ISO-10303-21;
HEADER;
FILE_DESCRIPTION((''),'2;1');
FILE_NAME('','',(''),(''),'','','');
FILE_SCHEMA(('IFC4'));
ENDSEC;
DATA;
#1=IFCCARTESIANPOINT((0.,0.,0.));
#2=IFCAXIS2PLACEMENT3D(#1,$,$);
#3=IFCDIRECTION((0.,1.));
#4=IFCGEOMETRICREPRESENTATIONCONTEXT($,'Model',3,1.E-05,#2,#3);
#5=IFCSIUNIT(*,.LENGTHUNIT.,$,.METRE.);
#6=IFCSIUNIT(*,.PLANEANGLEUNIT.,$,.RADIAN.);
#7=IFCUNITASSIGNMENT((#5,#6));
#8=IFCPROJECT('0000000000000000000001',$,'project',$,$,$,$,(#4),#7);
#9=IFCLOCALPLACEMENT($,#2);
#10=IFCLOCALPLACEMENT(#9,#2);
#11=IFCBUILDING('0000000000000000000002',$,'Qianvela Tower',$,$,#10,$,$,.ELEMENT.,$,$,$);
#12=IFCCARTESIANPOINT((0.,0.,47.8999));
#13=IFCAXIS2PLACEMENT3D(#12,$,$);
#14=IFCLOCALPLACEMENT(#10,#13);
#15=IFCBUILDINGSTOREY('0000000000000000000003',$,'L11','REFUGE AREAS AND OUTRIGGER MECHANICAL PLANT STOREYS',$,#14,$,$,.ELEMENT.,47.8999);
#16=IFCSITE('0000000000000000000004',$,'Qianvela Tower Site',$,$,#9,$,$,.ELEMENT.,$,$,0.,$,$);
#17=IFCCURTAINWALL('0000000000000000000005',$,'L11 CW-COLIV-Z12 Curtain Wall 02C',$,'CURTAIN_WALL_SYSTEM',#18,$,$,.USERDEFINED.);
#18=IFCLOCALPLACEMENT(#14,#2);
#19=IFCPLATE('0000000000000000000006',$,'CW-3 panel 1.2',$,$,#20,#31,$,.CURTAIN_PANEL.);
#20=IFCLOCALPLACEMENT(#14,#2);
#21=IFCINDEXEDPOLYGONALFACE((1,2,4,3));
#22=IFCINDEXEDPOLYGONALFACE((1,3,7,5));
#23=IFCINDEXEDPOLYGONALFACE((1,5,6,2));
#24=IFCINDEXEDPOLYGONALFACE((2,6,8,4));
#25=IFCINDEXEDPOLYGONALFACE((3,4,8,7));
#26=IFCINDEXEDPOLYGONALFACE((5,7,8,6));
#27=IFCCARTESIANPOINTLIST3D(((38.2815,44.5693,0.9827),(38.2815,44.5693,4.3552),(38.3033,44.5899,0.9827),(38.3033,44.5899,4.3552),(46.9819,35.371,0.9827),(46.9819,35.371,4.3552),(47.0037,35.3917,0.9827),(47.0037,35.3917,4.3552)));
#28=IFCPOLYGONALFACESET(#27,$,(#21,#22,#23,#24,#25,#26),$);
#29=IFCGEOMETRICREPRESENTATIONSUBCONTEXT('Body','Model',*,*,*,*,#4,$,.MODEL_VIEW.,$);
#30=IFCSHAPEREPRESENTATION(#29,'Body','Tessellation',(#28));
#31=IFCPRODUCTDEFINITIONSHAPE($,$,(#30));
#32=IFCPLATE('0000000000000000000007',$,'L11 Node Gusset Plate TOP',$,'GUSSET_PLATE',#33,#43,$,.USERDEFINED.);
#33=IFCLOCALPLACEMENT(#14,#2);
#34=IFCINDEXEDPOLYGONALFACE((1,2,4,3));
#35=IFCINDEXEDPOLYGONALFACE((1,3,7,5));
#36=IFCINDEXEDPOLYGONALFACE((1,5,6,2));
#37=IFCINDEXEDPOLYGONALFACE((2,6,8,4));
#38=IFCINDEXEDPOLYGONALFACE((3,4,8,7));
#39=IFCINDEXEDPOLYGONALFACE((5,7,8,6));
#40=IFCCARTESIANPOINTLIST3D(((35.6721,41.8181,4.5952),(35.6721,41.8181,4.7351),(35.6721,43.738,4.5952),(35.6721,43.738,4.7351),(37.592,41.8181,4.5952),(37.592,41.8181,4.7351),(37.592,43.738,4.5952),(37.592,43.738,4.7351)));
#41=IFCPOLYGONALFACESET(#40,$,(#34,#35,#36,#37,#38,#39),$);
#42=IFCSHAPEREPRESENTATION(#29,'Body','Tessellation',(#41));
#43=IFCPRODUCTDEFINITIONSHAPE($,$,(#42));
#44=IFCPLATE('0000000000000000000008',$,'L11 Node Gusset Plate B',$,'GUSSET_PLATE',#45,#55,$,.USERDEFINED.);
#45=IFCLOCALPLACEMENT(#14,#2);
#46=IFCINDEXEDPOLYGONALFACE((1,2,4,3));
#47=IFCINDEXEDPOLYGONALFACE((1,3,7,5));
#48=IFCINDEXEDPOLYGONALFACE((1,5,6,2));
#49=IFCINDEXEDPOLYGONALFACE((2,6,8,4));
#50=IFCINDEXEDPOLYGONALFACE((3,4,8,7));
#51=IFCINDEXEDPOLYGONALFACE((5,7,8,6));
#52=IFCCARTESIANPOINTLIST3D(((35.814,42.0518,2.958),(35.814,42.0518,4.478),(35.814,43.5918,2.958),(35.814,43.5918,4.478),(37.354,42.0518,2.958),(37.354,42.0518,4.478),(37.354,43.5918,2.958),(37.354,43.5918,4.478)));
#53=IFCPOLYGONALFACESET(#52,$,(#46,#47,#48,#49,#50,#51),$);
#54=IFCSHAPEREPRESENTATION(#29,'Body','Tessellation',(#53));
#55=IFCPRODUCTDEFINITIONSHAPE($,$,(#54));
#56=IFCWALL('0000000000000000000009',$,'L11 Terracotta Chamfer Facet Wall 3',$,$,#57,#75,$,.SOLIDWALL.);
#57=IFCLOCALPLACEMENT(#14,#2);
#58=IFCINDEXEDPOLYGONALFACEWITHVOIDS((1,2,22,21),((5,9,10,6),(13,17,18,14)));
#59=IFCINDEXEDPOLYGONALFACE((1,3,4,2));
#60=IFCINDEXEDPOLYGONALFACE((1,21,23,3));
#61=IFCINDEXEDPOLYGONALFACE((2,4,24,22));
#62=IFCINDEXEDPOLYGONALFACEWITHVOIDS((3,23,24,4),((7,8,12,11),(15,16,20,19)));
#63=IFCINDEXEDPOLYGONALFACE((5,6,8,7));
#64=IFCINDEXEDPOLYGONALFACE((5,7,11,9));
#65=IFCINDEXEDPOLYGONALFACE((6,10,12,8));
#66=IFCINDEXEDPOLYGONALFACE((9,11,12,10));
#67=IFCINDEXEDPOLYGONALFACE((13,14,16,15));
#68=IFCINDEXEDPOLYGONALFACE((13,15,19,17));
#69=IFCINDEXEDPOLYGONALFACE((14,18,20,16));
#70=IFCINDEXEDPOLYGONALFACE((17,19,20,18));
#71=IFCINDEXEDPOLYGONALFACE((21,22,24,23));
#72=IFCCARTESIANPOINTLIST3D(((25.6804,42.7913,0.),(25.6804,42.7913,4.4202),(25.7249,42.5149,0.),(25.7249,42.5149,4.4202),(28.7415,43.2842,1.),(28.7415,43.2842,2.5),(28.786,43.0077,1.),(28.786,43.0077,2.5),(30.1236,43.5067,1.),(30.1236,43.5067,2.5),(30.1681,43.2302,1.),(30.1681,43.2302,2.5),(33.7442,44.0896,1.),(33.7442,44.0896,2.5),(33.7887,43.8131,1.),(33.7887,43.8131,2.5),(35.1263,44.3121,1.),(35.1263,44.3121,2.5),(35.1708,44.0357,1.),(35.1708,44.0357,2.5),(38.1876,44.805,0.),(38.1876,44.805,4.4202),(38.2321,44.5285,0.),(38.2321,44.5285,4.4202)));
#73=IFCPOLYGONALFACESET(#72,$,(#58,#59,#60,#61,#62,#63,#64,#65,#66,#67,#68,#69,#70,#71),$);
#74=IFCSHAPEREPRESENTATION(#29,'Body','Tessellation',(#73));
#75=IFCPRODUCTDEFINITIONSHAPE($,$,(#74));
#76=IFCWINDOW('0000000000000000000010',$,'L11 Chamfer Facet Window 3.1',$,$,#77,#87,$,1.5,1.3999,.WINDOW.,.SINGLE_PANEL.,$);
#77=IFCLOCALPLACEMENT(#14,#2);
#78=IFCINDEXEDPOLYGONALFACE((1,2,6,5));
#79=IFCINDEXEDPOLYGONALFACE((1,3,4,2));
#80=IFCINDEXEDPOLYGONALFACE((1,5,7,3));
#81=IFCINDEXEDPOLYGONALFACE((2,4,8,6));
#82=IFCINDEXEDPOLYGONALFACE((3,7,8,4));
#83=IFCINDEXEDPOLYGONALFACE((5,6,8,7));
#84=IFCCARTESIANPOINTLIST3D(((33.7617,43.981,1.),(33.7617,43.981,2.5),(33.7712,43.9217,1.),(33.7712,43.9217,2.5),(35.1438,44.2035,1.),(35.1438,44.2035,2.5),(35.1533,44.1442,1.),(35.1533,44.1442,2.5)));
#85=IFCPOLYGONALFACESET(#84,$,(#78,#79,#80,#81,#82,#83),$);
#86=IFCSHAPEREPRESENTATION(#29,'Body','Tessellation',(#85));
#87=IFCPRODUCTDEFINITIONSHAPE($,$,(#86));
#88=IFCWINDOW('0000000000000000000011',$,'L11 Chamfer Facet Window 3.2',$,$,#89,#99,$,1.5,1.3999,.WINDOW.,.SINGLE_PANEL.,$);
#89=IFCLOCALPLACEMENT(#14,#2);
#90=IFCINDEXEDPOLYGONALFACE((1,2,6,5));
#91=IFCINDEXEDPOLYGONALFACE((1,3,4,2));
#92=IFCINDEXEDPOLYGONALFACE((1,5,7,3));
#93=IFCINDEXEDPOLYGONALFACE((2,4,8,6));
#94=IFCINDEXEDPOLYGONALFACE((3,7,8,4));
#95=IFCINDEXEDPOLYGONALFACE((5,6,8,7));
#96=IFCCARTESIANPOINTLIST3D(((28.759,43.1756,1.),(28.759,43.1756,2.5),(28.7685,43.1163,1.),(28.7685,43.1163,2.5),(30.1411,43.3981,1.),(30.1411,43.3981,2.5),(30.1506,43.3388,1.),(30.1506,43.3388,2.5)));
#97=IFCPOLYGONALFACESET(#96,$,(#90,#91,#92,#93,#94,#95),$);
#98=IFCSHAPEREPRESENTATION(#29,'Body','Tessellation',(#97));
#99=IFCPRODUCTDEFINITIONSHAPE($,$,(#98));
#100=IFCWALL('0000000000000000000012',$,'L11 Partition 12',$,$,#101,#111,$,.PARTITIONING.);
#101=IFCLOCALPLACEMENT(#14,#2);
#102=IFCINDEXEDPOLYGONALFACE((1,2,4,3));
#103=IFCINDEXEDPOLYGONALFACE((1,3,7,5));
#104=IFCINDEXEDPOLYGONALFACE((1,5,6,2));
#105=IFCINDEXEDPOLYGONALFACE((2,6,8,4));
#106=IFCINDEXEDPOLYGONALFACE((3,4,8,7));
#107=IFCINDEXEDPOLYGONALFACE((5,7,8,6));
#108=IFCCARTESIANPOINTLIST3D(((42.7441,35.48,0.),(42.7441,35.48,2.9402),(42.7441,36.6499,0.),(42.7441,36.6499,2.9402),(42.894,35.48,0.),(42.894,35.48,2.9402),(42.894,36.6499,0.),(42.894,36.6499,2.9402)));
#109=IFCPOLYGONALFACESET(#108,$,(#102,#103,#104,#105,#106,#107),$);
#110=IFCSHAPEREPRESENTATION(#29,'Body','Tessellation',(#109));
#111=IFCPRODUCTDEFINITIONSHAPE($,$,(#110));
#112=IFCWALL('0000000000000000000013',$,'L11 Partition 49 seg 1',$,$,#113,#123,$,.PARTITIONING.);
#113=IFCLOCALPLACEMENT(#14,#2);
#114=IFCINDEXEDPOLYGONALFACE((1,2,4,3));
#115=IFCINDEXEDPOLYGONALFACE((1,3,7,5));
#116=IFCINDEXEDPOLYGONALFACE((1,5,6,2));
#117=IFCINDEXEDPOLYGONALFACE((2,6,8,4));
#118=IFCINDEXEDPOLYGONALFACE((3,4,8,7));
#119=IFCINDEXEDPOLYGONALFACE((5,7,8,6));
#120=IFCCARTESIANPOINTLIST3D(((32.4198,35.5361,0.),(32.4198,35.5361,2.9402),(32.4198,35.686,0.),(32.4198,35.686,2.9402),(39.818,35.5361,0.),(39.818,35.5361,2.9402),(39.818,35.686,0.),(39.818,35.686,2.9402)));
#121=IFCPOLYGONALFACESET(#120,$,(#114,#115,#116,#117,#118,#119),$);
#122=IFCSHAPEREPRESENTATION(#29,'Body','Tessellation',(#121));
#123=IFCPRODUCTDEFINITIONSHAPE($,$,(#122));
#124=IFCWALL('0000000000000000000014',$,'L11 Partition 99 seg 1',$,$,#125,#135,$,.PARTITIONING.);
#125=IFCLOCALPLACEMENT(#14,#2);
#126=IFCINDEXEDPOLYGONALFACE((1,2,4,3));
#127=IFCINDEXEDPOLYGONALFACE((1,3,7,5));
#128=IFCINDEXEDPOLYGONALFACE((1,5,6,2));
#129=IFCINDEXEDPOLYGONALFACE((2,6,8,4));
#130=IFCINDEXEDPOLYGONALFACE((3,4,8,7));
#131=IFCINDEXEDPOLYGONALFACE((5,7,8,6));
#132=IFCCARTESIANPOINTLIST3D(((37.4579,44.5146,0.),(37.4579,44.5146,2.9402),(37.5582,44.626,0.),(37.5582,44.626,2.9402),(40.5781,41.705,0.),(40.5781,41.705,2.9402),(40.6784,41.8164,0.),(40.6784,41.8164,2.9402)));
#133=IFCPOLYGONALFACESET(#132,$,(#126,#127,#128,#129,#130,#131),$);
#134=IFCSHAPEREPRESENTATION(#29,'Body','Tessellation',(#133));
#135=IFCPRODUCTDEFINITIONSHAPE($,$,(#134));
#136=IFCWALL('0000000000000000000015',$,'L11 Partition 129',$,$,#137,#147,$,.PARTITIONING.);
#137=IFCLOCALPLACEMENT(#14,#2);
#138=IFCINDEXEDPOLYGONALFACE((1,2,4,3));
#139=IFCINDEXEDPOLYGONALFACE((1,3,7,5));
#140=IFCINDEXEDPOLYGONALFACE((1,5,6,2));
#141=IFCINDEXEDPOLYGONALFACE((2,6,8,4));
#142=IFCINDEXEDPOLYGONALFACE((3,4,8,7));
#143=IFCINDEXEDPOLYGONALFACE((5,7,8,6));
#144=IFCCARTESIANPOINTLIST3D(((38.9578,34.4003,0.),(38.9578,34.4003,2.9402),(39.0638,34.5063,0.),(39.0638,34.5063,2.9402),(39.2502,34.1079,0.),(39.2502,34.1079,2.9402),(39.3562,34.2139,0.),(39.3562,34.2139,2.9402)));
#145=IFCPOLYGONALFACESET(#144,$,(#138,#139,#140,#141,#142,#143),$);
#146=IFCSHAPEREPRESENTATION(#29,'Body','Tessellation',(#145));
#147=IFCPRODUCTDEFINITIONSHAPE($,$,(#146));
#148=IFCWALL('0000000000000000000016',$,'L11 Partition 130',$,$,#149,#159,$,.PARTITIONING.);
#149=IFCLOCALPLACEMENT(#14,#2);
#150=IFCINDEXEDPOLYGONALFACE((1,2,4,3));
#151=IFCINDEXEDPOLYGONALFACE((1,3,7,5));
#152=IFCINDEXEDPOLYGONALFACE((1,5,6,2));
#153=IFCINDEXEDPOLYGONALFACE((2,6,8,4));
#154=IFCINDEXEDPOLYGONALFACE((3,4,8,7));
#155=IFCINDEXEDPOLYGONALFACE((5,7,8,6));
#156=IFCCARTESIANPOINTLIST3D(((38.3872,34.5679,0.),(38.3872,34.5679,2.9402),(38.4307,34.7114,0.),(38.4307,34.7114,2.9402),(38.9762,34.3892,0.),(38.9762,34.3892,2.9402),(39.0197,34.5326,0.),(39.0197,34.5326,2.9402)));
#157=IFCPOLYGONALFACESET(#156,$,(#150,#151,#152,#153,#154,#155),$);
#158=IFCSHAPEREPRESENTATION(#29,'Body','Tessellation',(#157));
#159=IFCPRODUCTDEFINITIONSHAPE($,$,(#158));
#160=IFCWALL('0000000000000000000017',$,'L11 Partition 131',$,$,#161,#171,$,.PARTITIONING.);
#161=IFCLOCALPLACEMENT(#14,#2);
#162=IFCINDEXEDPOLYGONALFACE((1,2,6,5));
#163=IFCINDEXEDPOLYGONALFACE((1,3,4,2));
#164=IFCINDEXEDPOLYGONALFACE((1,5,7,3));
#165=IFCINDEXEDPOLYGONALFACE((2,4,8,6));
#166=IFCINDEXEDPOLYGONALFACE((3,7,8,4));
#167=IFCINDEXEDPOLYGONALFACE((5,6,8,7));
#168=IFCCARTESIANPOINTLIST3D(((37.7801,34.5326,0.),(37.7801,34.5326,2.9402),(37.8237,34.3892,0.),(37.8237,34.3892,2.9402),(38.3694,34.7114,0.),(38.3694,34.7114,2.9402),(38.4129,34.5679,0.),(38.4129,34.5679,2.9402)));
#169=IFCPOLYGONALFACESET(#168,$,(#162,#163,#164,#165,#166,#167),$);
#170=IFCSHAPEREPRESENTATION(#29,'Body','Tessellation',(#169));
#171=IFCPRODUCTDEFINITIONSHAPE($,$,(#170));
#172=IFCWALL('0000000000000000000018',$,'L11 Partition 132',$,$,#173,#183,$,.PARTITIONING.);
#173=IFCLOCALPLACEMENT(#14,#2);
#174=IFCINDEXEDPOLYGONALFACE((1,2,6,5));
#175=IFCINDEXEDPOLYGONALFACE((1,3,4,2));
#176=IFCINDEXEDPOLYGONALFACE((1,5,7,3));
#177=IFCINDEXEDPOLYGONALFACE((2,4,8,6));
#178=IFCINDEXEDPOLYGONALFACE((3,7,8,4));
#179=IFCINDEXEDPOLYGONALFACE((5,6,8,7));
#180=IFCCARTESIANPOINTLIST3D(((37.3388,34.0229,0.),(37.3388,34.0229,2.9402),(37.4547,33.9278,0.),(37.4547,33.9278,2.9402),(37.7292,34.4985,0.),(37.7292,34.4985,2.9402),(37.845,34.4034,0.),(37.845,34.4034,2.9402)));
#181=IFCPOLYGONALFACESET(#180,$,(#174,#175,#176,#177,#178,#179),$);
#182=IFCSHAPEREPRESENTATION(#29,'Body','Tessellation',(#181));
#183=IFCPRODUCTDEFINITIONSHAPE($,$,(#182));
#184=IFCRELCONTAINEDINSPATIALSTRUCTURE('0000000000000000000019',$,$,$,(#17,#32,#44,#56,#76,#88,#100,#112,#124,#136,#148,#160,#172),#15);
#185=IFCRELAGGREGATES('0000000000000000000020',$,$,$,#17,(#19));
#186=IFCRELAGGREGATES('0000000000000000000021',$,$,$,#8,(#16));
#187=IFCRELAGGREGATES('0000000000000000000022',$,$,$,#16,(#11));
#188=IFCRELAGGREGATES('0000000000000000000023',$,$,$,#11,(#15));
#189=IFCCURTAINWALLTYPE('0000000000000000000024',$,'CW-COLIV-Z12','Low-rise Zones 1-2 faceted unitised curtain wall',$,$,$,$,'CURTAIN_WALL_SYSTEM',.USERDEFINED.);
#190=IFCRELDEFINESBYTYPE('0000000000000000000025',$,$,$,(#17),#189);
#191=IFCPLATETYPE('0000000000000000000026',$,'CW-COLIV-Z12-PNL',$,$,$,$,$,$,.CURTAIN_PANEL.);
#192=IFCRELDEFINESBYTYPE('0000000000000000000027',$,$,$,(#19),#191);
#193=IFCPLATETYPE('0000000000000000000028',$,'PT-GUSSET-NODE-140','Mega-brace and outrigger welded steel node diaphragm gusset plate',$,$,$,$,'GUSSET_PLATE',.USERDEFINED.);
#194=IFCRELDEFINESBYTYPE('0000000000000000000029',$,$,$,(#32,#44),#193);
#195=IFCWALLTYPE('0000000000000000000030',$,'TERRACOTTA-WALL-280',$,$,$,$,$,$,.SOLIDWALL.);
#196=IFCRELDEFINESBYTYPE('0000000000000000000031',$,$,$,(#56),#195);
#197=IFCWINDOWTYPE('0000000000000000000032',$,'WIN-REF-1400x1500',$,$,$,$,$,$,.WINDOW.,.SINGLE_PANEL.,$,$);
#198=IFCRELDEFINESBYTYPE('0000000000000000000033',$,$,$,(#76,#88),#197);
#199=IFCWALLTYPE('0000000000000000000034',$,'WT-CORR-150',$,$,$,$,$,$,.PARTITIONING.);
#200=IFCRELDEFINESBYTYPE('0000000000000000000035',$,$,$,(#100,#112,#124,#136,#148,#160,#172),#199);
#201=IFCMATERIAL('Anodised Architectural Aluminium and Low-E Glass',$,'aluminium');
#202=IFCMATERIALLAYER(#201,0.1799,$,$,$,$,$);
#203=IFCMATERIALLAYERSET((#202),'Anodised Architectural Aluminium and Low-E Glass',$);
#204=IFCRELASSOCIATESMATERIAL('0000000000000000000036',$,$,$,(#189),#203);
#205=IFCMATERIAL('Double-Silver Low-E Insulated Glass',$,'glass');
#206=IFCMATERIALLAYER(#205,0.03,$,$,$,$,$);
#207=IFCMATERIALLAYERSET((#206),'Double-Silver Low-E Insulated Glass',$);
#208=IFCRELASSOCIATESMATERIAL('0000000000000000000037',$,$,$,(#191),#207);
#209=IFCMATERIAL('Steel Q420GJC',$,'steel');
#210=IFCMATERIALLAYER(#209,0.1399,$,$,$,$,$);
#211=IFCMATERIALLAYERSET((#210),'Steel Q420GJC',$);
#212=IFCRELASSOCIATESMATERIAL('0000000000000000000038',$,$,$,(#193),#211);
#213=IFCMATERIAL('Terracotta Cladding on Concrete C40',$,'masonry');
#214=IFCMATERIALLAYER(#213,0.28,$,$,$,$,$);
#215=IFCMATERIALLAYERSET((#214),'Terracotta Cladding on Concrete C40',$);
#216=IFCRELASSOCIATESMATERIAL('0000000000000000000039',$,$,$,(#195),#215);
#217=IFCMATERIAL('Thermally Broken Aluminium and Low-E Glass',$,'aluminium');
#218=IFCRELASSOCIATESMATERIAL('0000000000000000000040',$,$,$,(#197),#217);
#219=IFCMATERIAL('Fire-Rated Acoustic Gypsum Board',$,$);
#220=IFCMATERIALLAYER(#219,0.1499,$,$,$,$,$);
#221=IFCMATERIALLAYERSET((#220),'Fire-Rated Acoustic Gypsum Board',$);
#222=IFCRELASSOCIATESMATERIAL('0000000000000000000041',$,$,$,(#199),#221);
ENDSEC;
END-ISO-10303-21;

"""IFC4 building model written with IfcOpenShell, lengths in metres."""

from ifc_helpers import new_model, si_unit, direction, frame, frame_2d, origin, origin_2d, place, context, subcontext, project, spatial, rectangle, extrude, material, layer, layer_set, type_object, element, fill, aggregate, save


model = new_model("IFC4")

# Units and contexts
model_context = context("Model", 3, precision=1e-05, world=origin(), true_north=direction((0.0, 1.0)))
body_context = subcontext(model_context, "Body", "Model", "MODEL_VIEW")
ifc_project = project(units=[si_unit("LENGTHUNIT", "METRE"), si_unit("PLANEANGLEUNIT", "RADIAN")], contexts=[model_context])

# Site, building, storey
site_placement = place(None, origin())
site = spatial("IfcSite", under=ifc_project, at=site_placement, Name="Qianvela Tower Site", CompositionType="ELEMENT", RefElevation=0.0)
building_placement = place(site_placement, origin())
building = spatial("IfcBuilding", under=site, at=building_placement, Name="Qianvela Tower", CompositionType="ELEMENT")
storey_placement = place(building_placement, frame((0.0, 0.0, 47.8999)))
storey = spatial("IfcBuildingStorey", under=building, at=storey_placement, Name="L11", Description="REFUGE AREAS AND OUTRIGGER MECHANICAL PLANT STOREYS", CompositionType="ELEMENT", Elevation=47.8999)

# Curtain wall, plate
ifc_material_1 = material(Name="Anodised Architectural Aluminium and Low-E Glass", Category="aluminium")
ifc_layer_1 = layer(ifc_material_1, 0.1799)
ifc_layer_set_1 = layer_set([ifc_layer_1], Name="Anodised Architectural Aluminium and Low-E Glass")
curtain_wall_type = type_object("IfcCurtainWallType", Name="CW-COLIV-Z12", Description="Low-rise Zones 1-2 faceted unitised curtain wall", ElementType="CURTAIN_WALL_SYSTEM", PredefinedType="USERDEFINED", material=ifc_layer_set_1)
curtain_wall_placement = place(storey_placement, origin())
curtain_wall = element("IfcCurtainWall", 1, at=curtain_wall_placement, inside=storey, type_object=curtain_wall_type, Name="L11 CW-COLIV-Z12 Curtain Wall 02C", ObjectType="CURTAIN_WALL_SYSTEM", PredefinedType="USERDEFINED")
ifc_material_2 = material(Name="Double-Silver Low-E Insulated Glass", Category="glass")
ifc_layer_2 = layer(ifc_material_2, 0.03)
ifc_layer_set_2 = layer_set([ifc_layer_2], Name="Double-Silver Low-E Insulated Glass")
plate_type_1 = type_object("IfcPlateType", Name="CW-COLIV-Z12-PNL", PredefinedType="CURTAIN_PANEL", material=ifc_layer_set_2)
plate_1_placement = place(storey_placement, frame((42.6426, 39.9805, 0.9827), z_axis=(0.0, 0.0, 1.0), x_axis=(-0.687175, 0.726492, 0.0)))
plate_1 = element("IfcPlate", 2, at=plate_1_placement, type_object=plate_type_1, Name="CW-3 panel 1.2", PredefinedType="CURTAIN_PANEL", context=body_context, shape_type="SweptSolid", body=[
    extrude(rectangle(XDim=12.6611, YDim=0.03, at=origin_2d()), origin(), (0.0, 0.0, 1.0), 3.3726),
])
aggregate(curtain_wall, [plate_1])

# Plates
ifc_material_3 = material(Name="Steel Q420GJC", Category="steel")
ifc_layer_3 = layer(ifc_material_3, 0.1399)
ifc_layer_set_3 = layer_set([ifc_layer_3], Name="Steel Q420GJC")
plate_type_2 = type_object("IfcPlateType", Name="PT-GUSSET-NODE-140", Description="Mega-brace and outrigger welded steel node diaphragm gusset plate", ElementType="GUSSET_PLATE", PredefinedType="USERDEFINED", material=ifc_layer_set_3)
plate_2_placement = place(storey_placement, frame((36.6321, 42.7781, 4.5952), z_axis=(0.0, 0.0, 1.0), x_axis=(1.0, 0.0, 0.0)))
element("IfcPlate", 3, at=plate_2_placement, inside=storey, type_object=plate_type_2, Name="L11 Node Gusset Plate TOP", ObjectType="GUSSET_PLATE", PredefinedType="USERDEFINED", context=body_context, shape_type="SweptSolid", body=[
    extrude(rectangle(XDim=1.9199, YDim=1.9199, at=origin_2d()), origin(), (0.0, 0.0, 1.0), 0.1399),
])
plate_3_placement = place(storey_placement, frame((36.584, 42.8218, 2.958), z_axis=(0.0, 0.0, 1.0), x_axis=(1.0, 0.0, 0.0)))
element("IfcPlate", 4, at=plate_3_placement, inside=storey, type_object=plate_type_2, Name="L11 Node Gusset Plate B", ObjectType="GUSSET_PLATE", PredefinedType="USERDEFINED", context=body_context, shape_type="SweptSolid", body=[
    extrude(rectangle(XDim=1.54, YDim=1.54, at=origin_2d()), origin(), (0.0, 0.0, 1.0), 1.52),
])

# Wall, openings, windows
ifc_material_4 = material(Name="Terracotta Cladding on Concrete C40", Category="masonry")
ifc_layer_4 = layer(ifc_material_4, 0.28)
ifc_layer_set_4 = layer_set([ifc_layer_4], Name="Terracotta Cladding on Concrete C40")
wall_type_1 = type_object("IfcWallType", Name="TERRACOTTA-WALL-280", PredefinedType="SOLIDWALL", material=ifc_layer_set_4)
wall_1_placement = place(storey_placement, frame((38.2097, 44.6667, 0.0), z_axis=(0.0, 0.0, 1.0), x_axis=(-0.987286, -0.158956, 0.0)))
wall_1 = element("IfcWall", 5, at=wall_1_placement, inside=storey, type_object=wall_type_1, Name="L11 Terracotta Chamfer Facet Wall 3", PredefinedType="SOLIDWALL", context=body_context, shape_type="SweptSolid", body=[
    extrude(rectangle(XDim=12.6682, YDim=0.28, at=frame_2d((6.334, 0.0))), origin(), (0.0, 0.0, 1.0), 4.4202),
])
opening_1_placement = place(wall_1_placement, frame((3.1006, 0.0, 1.0)))
opening_1 = element("IfcOpeningElement", 6, at=opening_1_placement, cuts=wall_1, PredefinedType="OPENING", context=body_context, shape_type="SweptSolid", body=[
    extrude(rectangle(XDim=1.3999, YDim=1.5, at=frame_2d((0.7, 0.75))), frame((0.0, 0.1499, 0.0), z_axis=(0.0, -1.0, 0.0), x_axis=(1.0, 0.0, 0.0)), (0.0, 0.0, 1.0), 0.3),
])
opening_2_placement = place(wall_1_placement, frame((8.1677, 0.0, 1.0)))
opening_2 = element("IfcOpeningElement", 7, at=opening_2_placement, cuts=wall_1, PredefinedType="OPENING", context=body_context, shape_type="SweptSolid", body=[
    extrude(rectangle(XDim=1.3999, YDim=1.5, at=frame_2d((0.7, 0.75))), frame((0.0, 0.1499, 0.0), z_axis=(0.0, -1.0, 0.0), x_axis=(1.0, 0.0, 0.0)), (0.0, 0.0, 1.0), 0.3),
])
ifc_material_5 = material(Name="Thermally Broken Aluminium and Low-E Glass", Category="aluminium")
window_type = type_object("IfcWindowType", Name="WIN-REF-1400x1500", PartitioningType="SINGLE_PANEL", PredefinedType="WINDOW", material=ifc_material_5)
window_1_placement = place(opening_1_placement, origin())
window_1 = element("IfcWindow", 8, at=window_1_placement, inside=storey, type_object=window_type, Name="L11 Chamfer Facet Window 3.1", OverallHeight=1.5, OverallWidth=1.3999, PartitioningType="SINGLE_PANEL", PredefinedType="WINDOW", context=body_context, shape_type="SweptSolid", body=[
    extrude(rectangle(XDim=1.3999, YDim=1.5, at=frame_2d((0.7, 0.75))), frame((0.0, 0.03, 0.0), z_axis=(0.0, -1.0, 0.0), x_axis=(1.0, 0.0, 0.0)), (0.0, 0.0, 1.0), 0.0601),
])
fill(opening_1, window_1)
window_2_placement = place(opening_2_placement, origin())
window_2 = element("IfcWindow", 9, at=window_2_placement, inside=storey, type_object=window_type, Name="L11 Chamfer Facet Window 3.2", OverallHeight=1.5, OverallWidth=1.3999, PartitioningType="SINGLE_PANEL", PredefinedType="WINDOW", context=body_context, shape_type="SweptSolid", body=[
    extrude(rectangle(XDim=1.3999, YDim=1.5, at=frame_2d((0.7, 0.75))), frame((0.0, 0.03, 0.0), z_axis=(0.0, -1.0, 0.0), x_axis=(1.0, 0.0, 0.0)), (0.0, 0.0, 1.0), 0.0601),
])
fill(opening_2, window_2)

# Shared definitions
ifc_material_6 = material(Name="Fire-Rated Acoustic Gypsum Board")
ifc_layer_5 = layer(ifc_material_6, 0.1499)
ifc_layer_set_5 = layer_set([ifc_layer_5], Name="Fire-Rated Acoustic Gypsum Board")
wall_type_2 = type_object("IfcWallType", Name="WT-CORR-150", PredefinedType="PARTITIONING", material=ifc_layer_set_5)

# Walls
wall_2_placement = place(storey_placement, frame((42.8191, 36.6499, 0.0), z_axis=(0.0, 0.0, 1.0), x_axis=(0.0, -1.0, 0.0)))
element("IfcWall", 10, at=wall_2_placement, inside=storey, type_object=wall_type_2, Name="L11 Partition 12", PredefinedType="PARTITIONING", context=body_context, shape_type="SweptSolid", body=[
    extrude(rectangle(XDim=1.1699, YDim=0.1499, at=frame_2d((0.585, 0.0))), origin(), (0.0, 0.0, 1.0), 2.9402),
])
wall_3_placement = place(storey_placement, frame((39.8181, 35.6111, 0.0), z_axis=(0.0, 0.0, 1.0), x_axis=(-1.0, 0.0, 0.0)))
element("IfcWall", 11, at=wall_3_placement, inside=storey, type_object=wall_type_2, Name="L11 Partition 49 seg 1", PredefinedType="PARTITIONING", context=body_context, shape_type="SweptSolid", body=[
    extrude(rectangle(XDim=7.3982, YDim=0.1499, at=frame_2d((3.6992, 0.0))), origin(), (0.0, 0.0, 1.0), 2.9402),
])
wall_4_placement = place(storey_placement, frame((37.5081, 44.5703, 0.0), z_axis=(0.0, 0.0, 1.0), x_axis=(0.743121, -0.669157, 0.0)))
element("IfcWall", 12, at=wall_4_placement, inside=storey, type_object=wall_type_2, Name="L11 Partition 99 seg 1", PredefinedType="PARTITIONING", context=body_context, shape_type="SweptSolid", body=[
    extrude(rectangle(XDim=4.1987, YDim=0.1499, at=frame_2d((2.0994, 0.0))), origin(), (0.0, 0.0, 1.0), 2.9402),
])
wall_5_placement = place(storey_placement, frame((39.3032, 34.1609, 0.0), z_axis=(0.0, 0.0, 1.0), x_axis=(-0.707107, 0.707107, 0.0)))
element("IfcWall", 13, at=wall_5_placement, inside=storey, type_object=wall_type_2, Name="L11 Partition 129", PredefinedType="PARTITIONING", context=body_context, shape_type="SweptSolid", body=[
    extrude(rectangle(XDim=0.4136, YDim=0.1499, at=frame_2d((0.2068, 0.0))), origin(), (0.0, 0.0, 1.0), 2.9402),
])
wall_6_placement = place(storey_placement, frame((38.9978, 34.4609, 0.0), z_axis=(0.0, 0.0, 1.0), x_axis=(-0.956904, 0.290404, 0.0)))
element("IfcWall", 14, at=wall_6_placement, inside=storey, type_object=wall_type_2, Name="L11 Partition 130", PredefinedType="PARTITIONING", context=body_context, shape_type="SweptSolid", body=[
    extrude(rectangle(XDim=0.6155, YDim=0.1499, at=frame_2d((0.3076, 0.0))), origin(), (0.0, 0.0, 1.0), 2.9402),
])
wall_7_placement = place(storey_placement, frame((38.3911, 34.6396, 0.0), z_axis=(0.0, 0.0, 1.0), x_axis=(-0.956938, -0.290294, 0.0)))
element("IfcWall", 15, at=wall_7_placement, inside=storey, type_object=wall_type_2, Name="L11 Partition 131", PredefinedType="PARTITIONING", context=body_context, shape_type="SweptSolid", body=[
    extrude(rectangle(XDim=0.6157, YDim=0.1499, at=frame_2d((0.3079, 0.0))), origin(), (0.0, 0.0, 1.0), 2.9402),
])
wall_8_placement = place(storey_placement, frame((37.7871, 34.4509, 0.0), z_axis=(0.0, 0.0, 1.0), x_axis=(-0.634469, -0.772949, 0.0)))
element("IfcWall", 16, at=wall_8_placement, inside=storey, type_object=wall_type_2, Name="L11 Partition 132", PredefinedType="PARTITIONING", context=body_context, shape_type="SweptSolid", body=[
    extrude(rectangle(XDim=0.6152, YDim=0.1499, at=frame_2d((0.3076, 0.0))), origin(), (0.0, 0.0, 1.0), 2.9402),
])

save(model, "model.ifc")
